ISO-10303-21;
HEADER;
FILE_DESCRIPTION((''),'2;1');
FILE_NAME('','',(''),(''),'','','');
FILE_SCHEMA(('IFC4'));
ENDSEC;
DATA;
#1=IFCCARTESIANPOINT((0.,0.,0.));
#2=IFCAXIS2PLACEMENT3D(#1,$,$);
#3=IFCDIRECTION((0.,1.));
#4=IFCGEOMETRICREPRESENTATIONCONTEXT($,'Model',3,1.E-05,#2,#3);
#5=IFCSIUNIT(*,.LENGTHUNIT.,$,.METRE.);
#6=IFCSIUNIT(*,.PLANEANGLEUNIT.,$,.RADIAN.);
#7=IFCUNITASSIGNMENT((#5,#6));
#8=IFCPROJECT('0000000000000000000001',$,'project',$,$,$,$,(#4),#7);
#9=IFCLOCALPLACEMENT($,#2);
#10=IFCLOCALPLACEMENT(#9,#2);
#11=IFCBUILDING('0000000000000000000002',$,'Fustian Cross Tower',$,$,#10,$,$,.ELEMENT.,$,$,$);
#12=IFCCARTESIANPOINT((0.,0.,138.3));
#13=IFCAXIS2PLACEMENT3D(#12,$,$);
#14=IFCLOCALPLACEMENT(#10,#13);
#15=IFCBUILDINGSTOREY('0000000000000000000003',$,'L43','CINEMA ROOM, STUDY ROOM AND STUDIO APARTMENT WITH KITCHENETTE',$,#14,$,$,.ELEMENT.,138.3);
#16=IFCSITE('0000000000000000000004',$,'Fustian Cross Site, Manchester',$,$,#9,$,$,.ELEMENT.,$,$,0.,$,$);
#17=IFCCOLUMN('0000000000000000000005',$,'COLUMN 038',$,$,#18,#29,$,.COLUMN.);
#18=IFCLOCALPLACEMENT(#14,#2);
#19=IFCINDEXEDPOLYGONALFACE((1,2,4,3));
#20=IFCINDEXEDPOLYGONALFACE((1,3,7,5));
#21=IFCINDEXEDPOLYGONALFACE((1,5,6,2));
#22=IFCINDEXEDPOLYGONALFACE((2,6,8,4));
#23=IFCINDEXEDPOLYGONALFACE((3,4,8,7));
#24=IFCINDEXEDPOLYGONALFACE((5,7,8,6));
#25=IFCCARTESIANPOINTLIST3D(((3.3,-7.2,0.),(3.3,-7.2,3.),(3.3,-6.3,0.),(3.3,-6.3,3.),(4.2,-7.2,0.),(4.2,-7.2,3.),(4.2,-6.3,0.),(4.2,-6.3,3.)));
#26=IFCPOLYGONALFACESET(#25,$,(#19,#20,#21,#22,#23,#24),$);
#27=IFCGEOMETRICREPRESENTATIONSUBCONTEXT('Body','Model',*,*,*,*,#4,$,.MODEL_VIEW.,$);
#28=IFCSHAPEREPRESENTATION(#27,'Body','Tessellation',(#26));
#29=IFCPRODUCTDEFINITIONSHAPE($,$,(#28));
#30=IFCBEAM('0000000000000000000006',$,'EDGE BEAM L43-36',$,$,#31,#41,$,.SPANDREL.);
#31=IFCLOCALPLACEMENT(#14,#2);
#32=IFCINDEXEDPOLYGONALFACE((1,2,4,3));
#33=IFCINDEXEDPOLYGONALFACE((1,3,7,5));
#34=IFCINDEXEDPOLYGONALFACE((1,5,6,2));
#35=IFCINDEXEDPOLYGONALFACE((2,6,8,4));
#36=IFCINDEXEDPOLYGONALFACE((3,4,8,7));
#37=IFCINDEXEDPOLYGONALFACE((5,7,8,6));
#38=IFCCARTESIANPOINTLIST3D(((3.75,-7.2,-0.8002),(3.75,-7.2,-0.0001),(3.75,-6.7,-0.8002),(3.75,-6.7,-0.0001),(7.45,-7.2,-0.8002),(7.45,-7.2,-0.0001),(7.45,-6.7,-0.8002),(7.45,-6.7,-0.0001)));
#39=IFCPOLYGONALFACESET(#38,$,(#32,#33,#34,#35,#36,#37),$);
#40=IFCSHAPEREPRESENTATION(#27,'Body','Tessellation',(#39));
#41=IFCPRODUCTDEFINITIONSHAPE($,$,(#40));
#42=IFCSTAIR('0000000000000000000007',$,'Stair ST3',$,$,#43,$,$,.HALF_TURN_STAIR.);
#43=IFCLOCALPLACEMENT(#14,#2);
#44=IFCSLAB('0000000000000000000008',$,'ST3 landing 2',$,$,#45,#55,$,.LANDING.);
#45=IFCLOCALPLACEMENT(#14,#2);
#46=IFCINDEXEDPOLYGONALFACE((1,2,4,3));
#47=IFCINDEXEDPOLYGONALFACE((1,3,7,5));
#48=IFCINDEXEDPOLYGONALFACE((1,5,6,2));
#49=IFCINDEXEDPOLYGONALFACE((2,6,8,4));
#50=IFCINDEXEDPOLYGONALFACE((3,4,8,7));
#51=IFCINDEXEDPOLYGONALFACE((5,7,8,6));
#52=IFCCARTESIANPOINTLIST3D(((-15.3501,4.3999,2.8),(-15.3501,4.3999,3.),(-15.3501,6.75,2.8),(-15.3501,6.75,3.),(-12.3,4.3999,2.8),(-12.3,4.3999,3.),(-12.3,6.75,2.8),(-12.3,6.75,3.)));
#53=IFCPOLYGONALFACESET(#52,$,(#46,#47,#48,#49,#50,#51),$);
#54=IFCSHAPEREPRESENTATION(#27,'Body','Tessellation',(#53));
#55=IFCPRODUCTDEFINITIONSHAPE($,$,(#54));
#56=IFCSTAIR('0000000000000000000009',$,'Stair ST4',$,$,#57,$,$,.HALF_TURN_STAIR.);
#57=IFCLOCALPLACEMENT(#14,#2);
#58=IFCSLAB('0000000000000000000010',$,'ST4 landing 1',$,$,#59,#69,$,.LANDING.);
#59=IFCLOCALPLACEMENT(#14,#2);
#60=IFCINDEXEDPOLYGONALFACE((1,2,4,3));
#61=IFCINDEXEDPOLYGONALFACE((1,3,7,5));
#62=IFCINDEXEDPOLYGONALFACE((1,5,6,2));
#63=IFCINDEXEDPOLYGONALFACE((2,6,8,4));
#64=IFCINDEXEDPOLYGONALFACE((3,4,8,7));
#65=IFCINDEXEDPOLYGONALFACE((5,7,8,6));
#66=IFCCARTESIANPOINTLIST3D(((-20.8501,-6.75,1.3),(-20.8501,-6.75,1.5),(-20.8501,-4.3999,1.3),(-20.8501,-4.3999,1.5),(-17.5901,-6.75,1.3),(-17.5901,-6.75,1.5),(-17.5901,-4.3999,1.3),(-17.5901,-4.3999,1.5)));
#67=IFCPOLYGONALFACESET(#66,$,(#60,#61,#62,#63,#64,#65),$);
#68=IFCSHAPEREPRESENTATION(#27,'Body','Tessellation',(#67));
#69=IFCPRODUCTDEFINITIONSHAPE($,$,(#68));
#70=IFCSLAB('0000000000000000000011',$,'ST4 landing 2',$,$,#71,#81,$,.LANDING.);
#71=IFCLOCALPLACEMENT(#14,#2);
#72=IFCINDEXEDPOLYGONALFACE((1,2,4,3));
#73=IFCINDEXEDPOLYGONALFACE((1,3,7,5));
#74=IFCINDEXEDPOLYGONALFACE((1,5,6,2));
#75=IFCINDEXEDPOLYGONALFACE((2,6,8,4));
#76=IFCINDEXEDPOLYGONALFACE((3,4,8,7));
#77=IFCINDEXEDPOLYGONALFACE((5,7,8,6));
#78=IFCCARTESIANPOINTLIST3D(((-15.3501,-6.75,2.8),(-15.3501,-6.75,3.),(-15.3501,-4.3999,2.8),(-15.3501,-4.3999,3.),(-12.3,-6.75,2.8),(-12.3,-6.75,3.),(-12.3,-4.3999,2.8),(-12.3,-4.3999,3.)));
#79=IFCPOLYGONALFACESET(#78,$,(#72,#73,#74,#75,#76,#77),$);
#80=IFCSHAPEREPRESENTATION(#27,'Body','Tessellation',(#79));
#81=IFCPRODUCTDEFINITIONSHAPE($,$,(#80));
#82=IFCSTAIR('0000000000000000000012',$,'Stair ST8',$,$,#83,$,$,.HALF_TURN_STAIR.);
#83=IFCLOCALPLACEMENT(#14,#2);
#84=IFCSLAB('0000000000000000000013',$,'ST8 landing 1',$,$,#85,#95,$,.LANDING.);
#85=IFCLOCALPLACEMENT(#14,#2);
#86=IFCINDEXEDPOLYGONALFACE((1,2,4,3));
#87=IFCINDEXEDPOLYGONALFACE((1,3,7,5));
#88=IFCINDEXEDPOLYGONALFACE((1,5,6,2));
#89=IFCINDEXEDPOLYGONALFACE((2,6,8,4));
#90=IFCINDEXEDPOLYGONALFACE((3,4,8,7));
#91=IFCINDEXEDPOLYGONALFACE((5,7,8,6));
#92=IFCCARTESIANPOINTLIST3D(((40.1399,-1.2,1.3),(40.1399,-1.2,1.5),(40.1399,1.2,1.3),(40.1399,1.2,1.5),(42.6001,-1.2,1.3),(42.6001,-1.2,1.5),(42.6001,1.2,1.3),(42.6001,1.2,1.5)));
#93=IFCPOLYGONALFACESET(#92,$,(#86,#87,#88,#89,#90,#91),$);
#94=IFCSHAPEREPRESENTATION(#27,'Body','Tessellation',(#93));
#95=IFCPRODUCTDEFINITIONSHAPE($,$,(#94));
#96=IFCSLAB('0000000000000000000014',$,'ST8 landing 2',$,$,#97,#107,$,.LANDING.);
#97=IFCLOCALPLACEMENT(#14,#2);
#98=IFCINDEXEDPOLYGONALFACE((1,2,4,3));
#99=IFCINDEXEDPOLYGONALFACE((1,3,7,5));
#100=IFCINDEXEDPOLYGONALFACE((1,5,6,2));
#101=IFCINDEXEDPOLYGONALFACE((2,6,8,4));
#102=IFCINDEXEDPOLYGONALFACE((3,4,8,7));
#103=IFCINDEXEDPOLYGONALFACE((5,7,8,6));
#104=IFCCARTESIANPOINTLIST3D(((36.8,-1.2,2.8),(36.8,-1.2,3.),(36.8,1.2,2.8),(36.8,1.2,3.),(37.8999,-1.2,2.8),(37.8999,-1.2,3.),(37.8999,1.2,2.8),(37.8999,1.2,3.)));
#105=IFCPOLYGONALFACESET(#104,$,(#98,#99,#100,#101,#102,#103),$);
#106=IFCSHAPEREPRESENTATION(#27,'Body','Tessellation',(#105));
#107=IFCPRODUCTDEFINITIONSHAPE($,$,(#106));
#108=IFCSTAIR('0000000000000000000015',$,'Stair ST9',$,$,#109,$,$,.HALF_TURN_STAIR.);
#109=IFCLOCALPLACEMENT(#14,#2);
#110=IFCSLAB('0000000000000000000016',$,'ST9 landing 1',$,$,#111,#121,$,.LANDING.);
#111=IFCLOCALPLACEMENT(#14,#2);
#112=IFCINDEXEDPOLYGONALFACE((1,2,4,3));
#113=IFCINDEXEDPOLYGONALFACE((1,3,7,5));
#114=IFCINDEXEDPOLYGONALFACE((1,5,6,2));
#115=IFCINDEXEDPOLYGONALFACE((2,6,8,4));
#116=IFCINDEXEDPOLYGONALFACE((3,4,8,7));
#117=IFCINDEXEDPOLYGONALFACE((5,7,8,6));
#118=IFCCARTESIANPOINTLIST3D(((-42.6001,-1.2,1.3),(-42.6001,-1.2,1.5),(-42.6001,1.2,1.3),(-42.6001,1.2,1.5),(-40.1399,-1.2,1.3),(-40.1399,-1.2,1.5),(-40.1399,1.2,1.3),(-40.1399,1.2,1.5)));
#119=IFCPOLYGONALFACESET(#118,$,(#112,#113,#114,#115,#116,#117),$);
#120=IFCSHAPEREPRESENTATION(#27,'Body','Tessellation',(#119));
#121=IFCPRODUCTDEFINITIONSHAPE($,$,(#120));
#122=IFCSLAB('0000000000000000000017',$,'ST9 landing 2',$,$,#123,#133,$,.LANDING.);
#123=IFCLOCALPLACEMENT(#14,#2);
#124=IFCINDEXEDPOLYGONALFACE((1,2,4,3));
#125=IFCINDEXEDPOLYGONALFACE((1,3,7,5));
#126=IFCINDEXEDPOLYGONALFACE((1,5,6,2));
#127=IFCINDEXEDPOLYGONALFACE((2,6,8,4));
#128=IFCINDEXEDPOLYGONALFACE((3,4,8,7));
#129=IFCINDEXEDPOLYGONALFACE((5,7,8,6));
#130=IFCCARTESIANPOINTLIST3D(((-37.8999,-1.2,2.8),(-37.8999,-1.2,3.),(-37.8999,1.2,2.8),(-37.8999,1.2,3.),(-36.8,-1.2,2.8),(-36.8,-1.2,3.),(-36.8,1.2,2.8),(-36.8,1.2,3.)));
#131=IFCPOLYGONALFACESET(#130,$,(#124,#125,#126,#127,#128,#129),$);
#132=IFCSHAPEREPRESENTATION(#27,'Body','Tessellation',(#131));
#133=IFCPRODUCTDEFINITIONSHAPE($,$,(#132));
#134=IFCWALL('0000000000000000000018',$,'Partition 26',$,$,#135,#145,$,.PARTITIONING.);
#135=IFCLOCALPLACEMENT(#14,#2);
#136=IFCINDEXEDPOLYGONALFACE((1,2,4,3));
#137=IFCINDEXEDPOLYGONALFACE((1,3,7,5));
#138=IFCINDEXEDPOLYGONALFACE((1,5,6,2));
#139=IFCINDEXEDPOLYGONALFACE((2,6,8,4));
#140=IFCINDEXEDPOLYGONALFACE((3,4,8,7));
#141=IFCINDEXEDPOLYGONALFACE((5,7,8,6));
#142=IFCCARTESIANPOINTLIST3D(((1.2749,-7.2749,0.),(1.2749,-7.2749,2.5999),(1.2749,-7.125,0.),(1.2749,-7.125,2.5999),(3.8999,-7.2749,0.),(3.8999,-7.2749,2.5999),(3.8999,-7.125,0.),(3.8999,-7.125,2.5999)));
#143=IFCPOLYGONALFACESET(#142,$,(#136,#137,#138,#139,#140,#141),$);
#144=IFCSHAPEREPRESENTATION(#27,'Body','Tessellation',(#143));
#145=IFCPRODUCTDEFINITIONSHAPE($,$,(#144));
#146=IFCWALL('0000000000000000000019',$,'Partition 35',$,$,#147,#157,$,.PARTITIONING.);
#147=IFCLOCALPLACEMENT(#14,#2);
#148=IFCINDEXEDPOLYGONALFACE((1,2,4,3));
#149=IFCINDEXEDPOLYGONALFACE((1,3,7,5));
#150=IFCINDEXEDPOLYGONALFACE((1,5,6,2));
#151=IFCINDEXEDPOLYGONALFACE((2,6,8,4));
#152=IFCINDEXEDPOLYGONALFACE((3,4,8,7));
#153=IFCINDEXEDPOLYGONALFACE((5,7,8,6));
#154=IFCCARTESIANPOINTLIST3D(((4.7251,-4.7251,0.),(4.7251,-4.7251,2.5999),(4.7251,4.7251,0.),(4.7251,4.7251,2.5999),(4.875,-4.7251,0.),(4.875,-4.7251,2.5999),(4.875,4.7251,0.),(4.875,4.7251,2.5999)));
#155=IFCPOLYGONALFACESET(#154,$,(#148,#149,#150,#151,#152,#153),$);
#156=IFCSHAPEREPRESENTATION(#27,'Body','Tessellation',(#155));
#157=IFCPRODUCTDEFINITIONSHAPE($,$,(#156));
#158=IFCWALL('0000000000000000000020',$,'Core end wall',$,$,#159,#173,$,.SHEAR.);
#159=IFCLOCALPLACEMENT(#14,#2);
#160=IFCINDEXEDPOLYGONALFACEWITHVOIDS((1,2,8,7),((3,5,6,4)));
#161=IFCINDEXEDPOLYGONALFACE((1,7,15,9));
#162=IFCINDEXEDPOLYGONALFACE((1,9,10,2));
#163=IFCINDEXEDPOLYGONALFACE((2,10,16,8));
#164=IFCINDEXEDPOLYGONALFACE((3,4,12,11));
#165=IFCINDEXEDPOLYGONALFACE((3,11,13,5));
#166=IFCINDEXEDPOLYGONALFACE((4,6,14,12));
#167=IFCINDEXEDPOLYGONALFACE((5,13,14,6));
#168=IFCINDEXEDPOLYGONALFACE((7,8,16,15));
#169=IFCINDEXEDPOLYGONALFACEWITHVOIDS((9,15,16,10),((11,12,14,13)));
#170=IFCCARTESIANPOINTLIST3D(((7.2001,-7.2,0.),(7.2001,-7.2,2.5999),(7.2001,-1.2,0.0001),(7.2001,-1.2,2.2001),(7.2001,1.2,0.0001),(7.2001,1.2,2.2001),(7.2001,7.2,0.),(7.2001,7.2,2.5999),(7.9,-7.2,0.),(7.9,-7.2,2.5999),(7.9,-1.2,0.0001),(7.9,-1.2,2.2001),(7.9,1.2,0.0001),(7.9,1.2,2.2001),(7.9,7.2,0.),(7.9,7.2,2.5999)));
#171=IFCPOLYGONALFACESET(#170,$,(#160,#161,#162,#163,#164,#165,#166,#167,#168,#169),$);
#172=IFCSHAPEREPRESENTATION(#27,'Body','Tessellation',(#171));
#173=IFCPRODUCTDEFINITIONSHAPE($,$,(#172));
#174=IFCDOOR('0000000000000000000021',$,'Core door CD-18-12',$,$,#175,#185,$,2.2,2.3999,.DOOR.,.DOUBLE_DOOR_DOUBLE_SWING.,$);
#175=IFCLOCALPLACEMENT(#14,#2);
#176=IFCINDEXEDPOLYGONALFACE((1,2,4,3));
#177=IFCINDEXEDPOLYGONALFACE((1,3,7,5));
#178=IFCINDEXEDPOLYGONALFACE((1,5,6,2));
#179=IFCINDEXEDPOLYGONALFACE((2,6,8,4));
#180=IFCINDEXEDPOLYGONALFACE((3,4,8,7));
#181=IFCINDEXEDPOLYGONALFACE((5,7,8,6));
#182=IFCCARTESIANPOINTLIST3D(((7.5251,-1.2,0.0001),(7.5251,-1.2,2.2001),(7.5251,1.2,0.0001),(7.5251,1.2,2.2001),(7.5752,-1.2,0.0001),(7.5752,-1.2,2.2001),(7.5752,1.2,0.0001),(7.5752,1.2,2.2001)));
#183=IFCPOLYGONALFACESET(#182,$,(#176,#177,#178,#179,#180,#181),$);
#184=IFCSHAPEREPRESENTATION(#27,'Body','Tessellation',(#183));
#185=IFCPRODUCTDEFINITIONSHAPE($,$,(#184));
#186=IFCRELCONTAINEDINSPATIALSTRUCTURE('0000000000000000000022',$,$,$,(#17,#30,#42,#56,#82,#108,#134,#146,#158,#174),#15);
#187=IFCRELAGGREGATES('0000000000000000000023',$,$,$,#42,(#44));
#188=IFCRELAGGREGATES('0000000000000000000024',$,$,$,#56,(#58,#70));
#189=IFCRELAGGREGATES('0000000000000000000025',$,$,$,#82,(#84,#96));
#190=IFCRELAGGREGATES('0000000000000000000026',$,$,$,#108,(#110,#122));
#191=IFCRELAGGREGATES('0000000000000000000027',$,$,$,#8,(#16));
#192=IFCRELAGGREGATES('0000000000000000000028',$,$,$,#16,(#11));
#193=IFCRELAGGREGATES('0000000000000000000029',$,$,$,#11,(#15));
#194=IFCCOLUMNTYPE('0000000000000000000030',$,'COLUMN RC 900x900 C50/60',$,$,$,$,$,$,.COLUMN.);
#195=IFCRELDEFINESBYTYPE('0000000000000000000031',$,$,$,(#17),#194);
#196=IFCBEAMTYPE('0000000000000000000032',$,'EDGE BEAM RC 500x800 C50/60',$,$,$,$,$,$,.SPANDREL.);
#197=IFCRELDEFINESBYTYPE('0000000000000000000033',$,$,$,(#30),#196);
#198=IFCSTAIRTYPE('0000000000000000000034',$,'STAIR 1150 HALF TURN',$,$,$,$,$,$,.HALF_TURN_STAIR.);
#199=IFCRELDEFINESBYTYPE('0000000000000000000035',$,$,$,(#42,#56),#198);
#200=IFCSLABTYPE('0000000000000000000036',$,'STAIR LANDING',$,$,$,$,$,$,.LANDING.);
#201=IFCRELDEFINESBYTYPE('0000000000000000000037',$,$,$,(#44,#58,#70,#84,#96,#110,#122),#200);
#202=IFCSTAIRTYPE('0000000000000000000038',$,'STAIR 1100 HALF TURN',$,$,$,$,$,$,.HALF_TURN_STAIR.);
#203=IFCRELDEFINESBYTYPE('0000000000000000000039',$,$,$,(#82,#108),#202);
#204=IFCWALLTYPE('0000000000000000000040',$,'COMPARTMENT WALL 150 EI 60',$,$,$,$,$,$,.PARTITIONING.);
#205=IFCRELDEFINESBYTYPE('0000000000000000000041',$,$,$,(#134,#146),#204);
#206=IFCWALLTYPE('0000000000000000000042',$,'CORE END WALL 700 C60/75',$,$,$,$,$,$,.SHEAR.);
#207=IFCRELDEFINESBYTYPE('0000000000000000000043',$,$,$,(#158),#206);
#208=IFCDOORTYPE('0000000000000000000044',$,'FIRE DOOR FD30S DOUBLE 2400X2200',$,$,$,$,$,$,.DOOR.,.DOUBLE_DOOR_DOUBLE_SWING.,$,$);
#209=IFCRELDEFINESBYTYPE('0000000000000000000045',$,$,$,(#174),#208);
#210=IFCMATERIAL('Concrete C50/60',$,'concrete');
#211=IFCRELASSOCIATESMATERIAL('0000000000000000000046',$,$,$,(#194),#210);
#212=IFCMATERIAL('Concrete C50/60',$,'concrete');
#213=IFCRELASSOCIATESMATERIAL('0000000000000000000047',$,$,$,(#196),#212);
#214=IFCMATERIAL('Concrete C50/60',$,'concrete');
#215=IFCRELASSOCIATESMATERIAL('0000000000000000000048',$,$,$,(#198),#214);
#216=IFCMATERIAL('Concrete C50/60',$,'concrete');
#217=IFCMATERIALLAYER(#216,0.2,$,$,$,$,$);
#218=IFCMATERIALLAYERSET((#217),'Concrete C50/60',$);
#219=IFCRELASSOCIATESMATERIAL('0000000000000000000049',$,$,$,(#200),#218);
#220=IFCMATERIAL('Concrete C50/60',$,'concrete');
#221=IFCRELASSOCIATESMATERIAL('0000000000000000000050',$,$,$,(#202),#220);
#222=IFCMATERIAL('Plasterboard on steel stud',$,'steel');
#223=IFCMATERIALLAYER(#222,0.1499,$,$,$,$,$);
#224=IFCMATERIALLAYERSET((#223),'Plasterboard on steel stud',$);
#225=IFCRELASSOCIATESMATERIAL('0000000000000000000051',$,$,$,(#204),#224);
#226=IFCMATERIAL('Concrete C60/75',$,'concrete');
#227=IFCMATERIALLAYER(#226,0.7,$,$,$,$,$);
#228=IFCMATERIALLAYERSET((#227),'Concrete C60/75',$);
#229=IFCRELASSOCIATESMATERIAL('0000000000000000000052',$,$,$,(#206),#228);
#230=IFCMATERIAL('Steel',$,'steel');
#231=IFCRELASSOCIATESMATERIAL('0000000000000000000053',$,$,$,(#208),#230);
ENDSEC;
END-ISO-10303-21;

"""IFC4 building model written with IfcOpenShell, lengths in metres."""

from ifc_helpers import new_model, si_unit, direction, frame, frame_2d, origin, origin_2d, place, context, subcontext, project, spatial, polyline, rectangle, outline, extrude, material, layer, layer_set, material_profile, profile_set, type_object, element, fill, aggregate, save


model = new_model("IFC4")

# Units and contexts
model_context = context("Model", 3, precision=1e-05, world=origin(), true_north=direction((0.0, 1.0)))
body_context = subcontext(model_context, "Body", "Model", "MODEL_VIEW")
ifc_project = project(units=[si_unit("LENGTHUNIT", "METRE"), si_unit("PLANEANGLEUNIT", "RADIAN")], contexts=[model_context])

# Site, building, storey
site_placement = place(None, origin())
site = spatial("IfcSite", under=ifc_project, at=site_placement, Name="Fustian Cross Site, Manchester", CompositionType="ELEMENT", RefElevation=0.0)
building_placement = place(site_placement, origin())
building = spatial("IfcBuilding", under=site, at=building_placement, Name="Fustian Cross Tower", CompositionType="ELEMENT")
storey_placement = place(building_placement, frame((0.0, 0.0, 138.3)))
storey = spatial("IfcBuildingStorey", under=building, at=storey_placement, Name="L43", Description="CINEMA ROOM, STUDY ROOM AND STUDIO APARTMENT WITH KITCHENETTE", CompositionType="ELEMENT", Elevation=138.3)

# Column
ifc_material_1 = material(Name="Concrete C50/60", Category="concrete")
ifc_material_profile_1 = material_profile(ifc_material_1, rectangle(XDim=0.8999, YDim=0.8999, at=origin_2d()), Name="RC 900x900")
ifc_profile_set_1 = profile_set([ifc_material_profile_1], Name="Concrete C50/60")
column_type = type_object("IfcColumnType", Name="COLUMN RC 900x900 C50/60", PredefinedType="COLUMN", material=ifc_profile_set_1)
column_placement = place(storey_placement, frame((3.75, -6.75, 0.0), z_axis=(0.0, 0.0, 1.0), x_axis=(1.0, 0.0, 0.0)))
element("IfcColumn", 1, at=column_placement, inside=storey, type_object=column_type, Name="COLUMN 038", PredefinedType="COLUMN", context=body_context, shape_type="SweptSolid", body=[
    extrude(rectangle(XDim=0.8999, YDim=0.8999, at=origin_2d()), origin(), (0.0, 0.0, 1.0), 3.0),
])

# Beam
ifc_material_2 = material(Name="Concrete C50/60", Category="concrete")
ifc_material_profile_2 = material_profile(ifc_material_2, rectangle(XDim=0.5, YDim=0.8, at=origin_2d()), Name="RC 500x800")
ifc_profile_set_2 = profile_set([ifc_material_profile_2], Name="Concrete C50/60")
beam_type = type_object("IfcBeamType", Name="EDGE BEAM RC 500x800 C50/60", PredefinedType="SPANDREL", material=ifc_profile_set_2)
beam_placement = place(storey_placement, frame((3.75, -6.95, -0.4001), z_axis=(1.0, 0.0, 0.0), x_axis=(0.0, 1.0, 0.0)))
element("IfcBeam", 2, at=beam_placement, inside=storey, type_object=beam_type, Name="EDGE BEAM L43-36", PredefinedType="SPANDREL", context=body_context, shape_type="SweptSolid", body=[
    extrude(rectangle(XDim=0.5, YDim=0.8, at=origin_2d()), origin(), (0.0, 0.0, 1.0), 3.7),
])

# Stair, slab
ifc_material_3 = material(Name="Concrete C50/60", Category="concrete")
stair_type_1 = type_object("IfcStairType", Name="STAIR 1150 HALF TURN", PredefinedType="HALF_TURN_STAIR", material=ifc_material_3)
stair_1_placement = place(storey_placement, origin())
stair_1 = element("IfcStair", 3, at=stair_1_placement, inside=storey, type_object=stair_type_1, Name="Stair ST3", PredefinedType="HALF_TURN_STAIR")
ifc_material_4 = material(Name="Concrete C50/60", Category="concrete")
ifc_layer_1 = layer(ifc_material_4, 0.2)
ifc_layer_set_1 = layer_set([ifc_layer_1], Name="Concrete C50/60")
slab_type = type_object("IfcSlabType", Name="STAIR LANDING", PredefinedType="LANDING", material=ifc_layer_set_1)
slab_1_placement = place(storey_placement, frame((0.0, 0.0, 2.8)))
slab_1 = element("IfcSlab", 4, at=slab_1_placement, type_object=slab_type, Name="ST3 landing 2", PredefinedType="LANDING", context=body_context, shape_type="SweptSolid", body=[
    extrude(outline(polyline([(-12.3, 4.3999), (-15.3501, 4.3999), (-15.3501, 6.75), (-12.3, 6.75), (-12.3, 4.3999)])), origin(), (0.0, 0.0, 1.0), 0.2),
])
aggregate(stair_1, [slab_1])

# Stairs, slabs
stair_2_placement = place(storey_placement, origin())
stair_2 = element("IfcStair", 5, at=stair_2_placement, inside=storey, type_object=stair_type_1, Name="Stair ST4", PredefinedType="HALF_TURN_STAIR")
slab_2_placement = place(storey_placement, frame((0.0, 0.0, 1.3)))
slab_2 = element("IfcSlab", 6, at=slab_2_placement, type_object=slab_type, Name="ST4 landing 1", PredefinedType="LANDING", context=body_context, shape_type="SweptSolid", body=[
    extrude(outline(polyline([(-17.5901, -4.3999), (-20.8501, -4.3999), (-20.8501, -6.75), (-17.5901, -6.75), (-17.5901, -4.3999)])), origin(), (0.0, 0.0, 1.0), 0.2),
])
slab_3_placement = place(storey_placement, frame((0.0, 0.0, 2.8)))
slab_3 = element("IfcSlab", 7, at=slab_3_placement, type_object=slab_type, Name="ST4 landing 2", PredefinedType="LANDING", context=body_context, shape_type="SweptSolid", body=[
    extrude(outline(polyline([(-12.3, -4.3999), (-15.3501, -4.3999), (-15.3501, -6.75), (-12.3, -6.75), (-12.3, -4.3999)])), origin(), (0.0, 0.0, 1.0), 0.2),
])
aggregate(stair_2, [slab_2, slab_3])
ifc_material_5 = material(Name="Concrete C50/60", Category="concrete")
stair_type_2 = type_object("IfcStairType", Name="STAIR 1100 HALF TURN", PredefinedType="HALF_TURN_STAIR", material=ifc_material_5)
stair_3_placement = place(storey_placement, origin())
stair_3 = element("IfcStair", 8, at=stair_3_placement, inside=storey, type_object=stair_type_2, Name="Stair ST8", PredefinedType="HALF_TURN_STAIR")
slab_4_placement = place(storey_placement, frame((0.0, 0.0, 1.3)))
slab_4 = element("IfcSlab", 9, at=slab_4_placement, type_object=slab_type, Name="ST8 landing 1", PredefinedType="LANDING", context=body_context, shape_type="SweptSolid", body=[
    extrude(outline(polyline([(40.1399, -1.2), (42.6001, -1.2), (42.6001, 1.2), (40.1399, 1.2), (40.1399, -1.2)])), origin(), (0.0, 0.0, 1.0), 0.2),
])
slab_5_placement = place(storey_placement, frame((0.0, 0.0, 2.8)))
slab_5 = element("IfcSlab", 10, at=slab_5_placement, type_object=slab_type, Name="ST8 landing 2", PredefinedType="LANDING", context=body_context, shape_type="SweptSolid", body=[
    extrude(outline(polyline([(36.8, -1.2), (37.8999, -1.2), (37.8999, 1.2), (36.8, 1.2), (36.8, -1.2)])), origin(), (0.0, 0.0, 1.0), 0.2),
])
aggregate(stair_3, [slab_4, slab_5])
stair_4_placement = place(storey_placement, origin())
stair_4 = element("IfcStair", 11, at=stair_4_placement, inside=storey, type_object=stair_type_2, Name="Stair ST9", PredefinedType="HALF_TURN_STAIR")
slab_6_placement = place(storey_placement, frame((0.0, 0.0, 1.3)))
slab_6 = element("IfcSlab", 12, at=slab_6_placement, type_object=slab_type, Name="ST9 landing 1", PredefinedType="LANDING", context=body_context, shape_type="SweptSolid", body=[
    extrude(outline(polyline([(-40.1399, -1.2), (-42.6001, -1.2), (-42.6001, 1.2), (-40.1399, 1.2), (-40.1399, -1.2)])), origin(), (0.0, 0.0, 1.0), 0.2),
])
slab_7_placement = place(storey_placement, frame((0.0, 0.0, 2.8)))
slab_7 = element("IfcSlab", 13, at=slab_7_placement, type_object=slab_type, Name="ST9 landing 2", PredefinedType="LANDING", context=body_context, shape_type="SweptSolid", body=[
    extrude(outline(polyline([(-36.8, -1.2), (-37.8999, -1.2), (-37.8999, 1.2), (-36.8, 1.2), (-36.8, -1.2)])), origin(), (0.0, 0.0, 1.0), 0.2),
])
aggregate(stair_4, [slab_6, slab_7])

# Walls
ifc_material_6 = material(Name="Plasterboard on steel stud", Category="steel")
ifc_layer_2 = layer(ifc_material_6, 0.1499)
ifc_layer_set_2 = layer_set([ifc_layer_2], Name="Plasterboard on steel stud")
wall_type_1 = type_object("IfcWallType", Name="COMPARTMENT WALL 150 EI 60", PredefinedType="PARTITIONING", material=ifc_layer_set_2)
wall_1_placement = place(storey_placement, frame((1.2749, -7.2, 0.0), z_axis=(0.0, 0.0, 1.0), x_axis=(1.0, 0.0, 0.0)))
element("IfcWall", 14, at=wall_1_placement, inside=storey, type_object=wall_type_1, Name="Partition 26", PredefinedType="PARTITIONING", context=body_context, shape_type="SweptSolid", body=[
    extrude(rectangle(XDim=2.625, YDim=0.1499, at=frame_2d((1.3125, 0.0))), origin(), (0.0, 0.0, 1.0), 2.5999),
])
wall_2_placement = place(storey_placement, frame((4.8, -4.7251, 0.0), z_axis=(0.0, 0.0, 1.0), x_axis=(0.0, 1.0, 0.0)))
element("IfcWall", 15, at=wall_2_placement, inside=storey, type_object=wall_type_1, Name="Partition 35", PredefinedType="PARTITIONING", context=body_context, shape_type="SweptSolid", body=[
    extrude(rectangle(XDim=9.4502, YDim=0.1499, at=frame_2d((4.7251, 0.0))), origin(), (0.0, 0.0, 1.0), 2.5999),
])

# Wall, opening, door
ifc_material_7 = material(Name="Concrete C60/75", Category="concrete")
ifc_layer_3 = layer(ifc_material_7, 0.7)
ifc_layer_set_3 = layer_set([ifc_layer_3], Name="Concrete C60/75")
wall_type_2 = type_object("IfcWallType", Name="CORE END WALL 700 C60/75", PredefinedType="SHEAR", material=ifc_layer_set_3)
wall_3_placement = place(storey_placement, frame((7.55, -7.2, 0.0), z_axis=(0.0, 0.0, 1.0), x_axis=(0.0, 1.0, 0.0)))
wall_3 = element("IfcWall", 16, at=wall_3_placement, inside=storey, type_object=wall_type_2, Name="Core end wall", PredefinedType="SHEAR", context=body_context, shape_type="SweptSolid", body=[
    extrude(rectangle(XDim=14.3999, YDim=0.7, at=frame_2d((7.2, 0.0))), origin(), (0.0, 0.0, 1.0), 2.5999),
])
opening_1_placement = place(wall_3_placement, frame((6.0, 0.0, 0.0)))
opening_1 = element("IfcOpeningElement", 17, at=opening_1_placement, cuts=wall_3, PredefinedType="OPENING", context=body_context, shape_type="SweptSolid", body=[
    extrude(rectangle(XDim=2.3999, YDim=2.2, at=frame_2d((1.2, 1.1001))), frame((0.0, 0.3599, 0.0), z_axis=(0.0, -1.0, 0.0), x_axis=(1.0, 0.0, 0.0)), (0.0, 0.0, 1.0), 0.72),
])
ifc_material_8 = material(Name="Steel", Category="steel")
door_type_1 = type_object("IfcDoorType", Name="FIRE DOOR FD30S DOUBLE 2400X2200", OperationType="DOUBLE_DOOR_DOUBLE_SWING", PredefinedType="DOOR", material=ifc_material_8)
door_1_placement = place(opening_1_placement, origin())
door_1 = element("IfcDoor", 18, at=door_1_placement, inside=storey, type_object=door_type_1, Name="Core door CD-18-12", OperationType="DOUBLE_DOOR_DOUBLE_SWING", OverallHeight=2.2, OverallWidth=2.3999, PredefinedType="DOOR", context=body_context, shape_type="SweptSolid", body=[
    extrude(rectangle(XDim=2.3999, YDim=2.2, at=frame_2d((1.2, 1.1001))), frame((0.0, 0.0249, 0.0), z_axis=(0.0, -1.0, 0.0), x_axis=(1.0, 0.0, 0.0)), (0.0, 0.0, 1.0), 0.05),
])
fill(opening_1, door_1)

save(model, "model.ifc")
